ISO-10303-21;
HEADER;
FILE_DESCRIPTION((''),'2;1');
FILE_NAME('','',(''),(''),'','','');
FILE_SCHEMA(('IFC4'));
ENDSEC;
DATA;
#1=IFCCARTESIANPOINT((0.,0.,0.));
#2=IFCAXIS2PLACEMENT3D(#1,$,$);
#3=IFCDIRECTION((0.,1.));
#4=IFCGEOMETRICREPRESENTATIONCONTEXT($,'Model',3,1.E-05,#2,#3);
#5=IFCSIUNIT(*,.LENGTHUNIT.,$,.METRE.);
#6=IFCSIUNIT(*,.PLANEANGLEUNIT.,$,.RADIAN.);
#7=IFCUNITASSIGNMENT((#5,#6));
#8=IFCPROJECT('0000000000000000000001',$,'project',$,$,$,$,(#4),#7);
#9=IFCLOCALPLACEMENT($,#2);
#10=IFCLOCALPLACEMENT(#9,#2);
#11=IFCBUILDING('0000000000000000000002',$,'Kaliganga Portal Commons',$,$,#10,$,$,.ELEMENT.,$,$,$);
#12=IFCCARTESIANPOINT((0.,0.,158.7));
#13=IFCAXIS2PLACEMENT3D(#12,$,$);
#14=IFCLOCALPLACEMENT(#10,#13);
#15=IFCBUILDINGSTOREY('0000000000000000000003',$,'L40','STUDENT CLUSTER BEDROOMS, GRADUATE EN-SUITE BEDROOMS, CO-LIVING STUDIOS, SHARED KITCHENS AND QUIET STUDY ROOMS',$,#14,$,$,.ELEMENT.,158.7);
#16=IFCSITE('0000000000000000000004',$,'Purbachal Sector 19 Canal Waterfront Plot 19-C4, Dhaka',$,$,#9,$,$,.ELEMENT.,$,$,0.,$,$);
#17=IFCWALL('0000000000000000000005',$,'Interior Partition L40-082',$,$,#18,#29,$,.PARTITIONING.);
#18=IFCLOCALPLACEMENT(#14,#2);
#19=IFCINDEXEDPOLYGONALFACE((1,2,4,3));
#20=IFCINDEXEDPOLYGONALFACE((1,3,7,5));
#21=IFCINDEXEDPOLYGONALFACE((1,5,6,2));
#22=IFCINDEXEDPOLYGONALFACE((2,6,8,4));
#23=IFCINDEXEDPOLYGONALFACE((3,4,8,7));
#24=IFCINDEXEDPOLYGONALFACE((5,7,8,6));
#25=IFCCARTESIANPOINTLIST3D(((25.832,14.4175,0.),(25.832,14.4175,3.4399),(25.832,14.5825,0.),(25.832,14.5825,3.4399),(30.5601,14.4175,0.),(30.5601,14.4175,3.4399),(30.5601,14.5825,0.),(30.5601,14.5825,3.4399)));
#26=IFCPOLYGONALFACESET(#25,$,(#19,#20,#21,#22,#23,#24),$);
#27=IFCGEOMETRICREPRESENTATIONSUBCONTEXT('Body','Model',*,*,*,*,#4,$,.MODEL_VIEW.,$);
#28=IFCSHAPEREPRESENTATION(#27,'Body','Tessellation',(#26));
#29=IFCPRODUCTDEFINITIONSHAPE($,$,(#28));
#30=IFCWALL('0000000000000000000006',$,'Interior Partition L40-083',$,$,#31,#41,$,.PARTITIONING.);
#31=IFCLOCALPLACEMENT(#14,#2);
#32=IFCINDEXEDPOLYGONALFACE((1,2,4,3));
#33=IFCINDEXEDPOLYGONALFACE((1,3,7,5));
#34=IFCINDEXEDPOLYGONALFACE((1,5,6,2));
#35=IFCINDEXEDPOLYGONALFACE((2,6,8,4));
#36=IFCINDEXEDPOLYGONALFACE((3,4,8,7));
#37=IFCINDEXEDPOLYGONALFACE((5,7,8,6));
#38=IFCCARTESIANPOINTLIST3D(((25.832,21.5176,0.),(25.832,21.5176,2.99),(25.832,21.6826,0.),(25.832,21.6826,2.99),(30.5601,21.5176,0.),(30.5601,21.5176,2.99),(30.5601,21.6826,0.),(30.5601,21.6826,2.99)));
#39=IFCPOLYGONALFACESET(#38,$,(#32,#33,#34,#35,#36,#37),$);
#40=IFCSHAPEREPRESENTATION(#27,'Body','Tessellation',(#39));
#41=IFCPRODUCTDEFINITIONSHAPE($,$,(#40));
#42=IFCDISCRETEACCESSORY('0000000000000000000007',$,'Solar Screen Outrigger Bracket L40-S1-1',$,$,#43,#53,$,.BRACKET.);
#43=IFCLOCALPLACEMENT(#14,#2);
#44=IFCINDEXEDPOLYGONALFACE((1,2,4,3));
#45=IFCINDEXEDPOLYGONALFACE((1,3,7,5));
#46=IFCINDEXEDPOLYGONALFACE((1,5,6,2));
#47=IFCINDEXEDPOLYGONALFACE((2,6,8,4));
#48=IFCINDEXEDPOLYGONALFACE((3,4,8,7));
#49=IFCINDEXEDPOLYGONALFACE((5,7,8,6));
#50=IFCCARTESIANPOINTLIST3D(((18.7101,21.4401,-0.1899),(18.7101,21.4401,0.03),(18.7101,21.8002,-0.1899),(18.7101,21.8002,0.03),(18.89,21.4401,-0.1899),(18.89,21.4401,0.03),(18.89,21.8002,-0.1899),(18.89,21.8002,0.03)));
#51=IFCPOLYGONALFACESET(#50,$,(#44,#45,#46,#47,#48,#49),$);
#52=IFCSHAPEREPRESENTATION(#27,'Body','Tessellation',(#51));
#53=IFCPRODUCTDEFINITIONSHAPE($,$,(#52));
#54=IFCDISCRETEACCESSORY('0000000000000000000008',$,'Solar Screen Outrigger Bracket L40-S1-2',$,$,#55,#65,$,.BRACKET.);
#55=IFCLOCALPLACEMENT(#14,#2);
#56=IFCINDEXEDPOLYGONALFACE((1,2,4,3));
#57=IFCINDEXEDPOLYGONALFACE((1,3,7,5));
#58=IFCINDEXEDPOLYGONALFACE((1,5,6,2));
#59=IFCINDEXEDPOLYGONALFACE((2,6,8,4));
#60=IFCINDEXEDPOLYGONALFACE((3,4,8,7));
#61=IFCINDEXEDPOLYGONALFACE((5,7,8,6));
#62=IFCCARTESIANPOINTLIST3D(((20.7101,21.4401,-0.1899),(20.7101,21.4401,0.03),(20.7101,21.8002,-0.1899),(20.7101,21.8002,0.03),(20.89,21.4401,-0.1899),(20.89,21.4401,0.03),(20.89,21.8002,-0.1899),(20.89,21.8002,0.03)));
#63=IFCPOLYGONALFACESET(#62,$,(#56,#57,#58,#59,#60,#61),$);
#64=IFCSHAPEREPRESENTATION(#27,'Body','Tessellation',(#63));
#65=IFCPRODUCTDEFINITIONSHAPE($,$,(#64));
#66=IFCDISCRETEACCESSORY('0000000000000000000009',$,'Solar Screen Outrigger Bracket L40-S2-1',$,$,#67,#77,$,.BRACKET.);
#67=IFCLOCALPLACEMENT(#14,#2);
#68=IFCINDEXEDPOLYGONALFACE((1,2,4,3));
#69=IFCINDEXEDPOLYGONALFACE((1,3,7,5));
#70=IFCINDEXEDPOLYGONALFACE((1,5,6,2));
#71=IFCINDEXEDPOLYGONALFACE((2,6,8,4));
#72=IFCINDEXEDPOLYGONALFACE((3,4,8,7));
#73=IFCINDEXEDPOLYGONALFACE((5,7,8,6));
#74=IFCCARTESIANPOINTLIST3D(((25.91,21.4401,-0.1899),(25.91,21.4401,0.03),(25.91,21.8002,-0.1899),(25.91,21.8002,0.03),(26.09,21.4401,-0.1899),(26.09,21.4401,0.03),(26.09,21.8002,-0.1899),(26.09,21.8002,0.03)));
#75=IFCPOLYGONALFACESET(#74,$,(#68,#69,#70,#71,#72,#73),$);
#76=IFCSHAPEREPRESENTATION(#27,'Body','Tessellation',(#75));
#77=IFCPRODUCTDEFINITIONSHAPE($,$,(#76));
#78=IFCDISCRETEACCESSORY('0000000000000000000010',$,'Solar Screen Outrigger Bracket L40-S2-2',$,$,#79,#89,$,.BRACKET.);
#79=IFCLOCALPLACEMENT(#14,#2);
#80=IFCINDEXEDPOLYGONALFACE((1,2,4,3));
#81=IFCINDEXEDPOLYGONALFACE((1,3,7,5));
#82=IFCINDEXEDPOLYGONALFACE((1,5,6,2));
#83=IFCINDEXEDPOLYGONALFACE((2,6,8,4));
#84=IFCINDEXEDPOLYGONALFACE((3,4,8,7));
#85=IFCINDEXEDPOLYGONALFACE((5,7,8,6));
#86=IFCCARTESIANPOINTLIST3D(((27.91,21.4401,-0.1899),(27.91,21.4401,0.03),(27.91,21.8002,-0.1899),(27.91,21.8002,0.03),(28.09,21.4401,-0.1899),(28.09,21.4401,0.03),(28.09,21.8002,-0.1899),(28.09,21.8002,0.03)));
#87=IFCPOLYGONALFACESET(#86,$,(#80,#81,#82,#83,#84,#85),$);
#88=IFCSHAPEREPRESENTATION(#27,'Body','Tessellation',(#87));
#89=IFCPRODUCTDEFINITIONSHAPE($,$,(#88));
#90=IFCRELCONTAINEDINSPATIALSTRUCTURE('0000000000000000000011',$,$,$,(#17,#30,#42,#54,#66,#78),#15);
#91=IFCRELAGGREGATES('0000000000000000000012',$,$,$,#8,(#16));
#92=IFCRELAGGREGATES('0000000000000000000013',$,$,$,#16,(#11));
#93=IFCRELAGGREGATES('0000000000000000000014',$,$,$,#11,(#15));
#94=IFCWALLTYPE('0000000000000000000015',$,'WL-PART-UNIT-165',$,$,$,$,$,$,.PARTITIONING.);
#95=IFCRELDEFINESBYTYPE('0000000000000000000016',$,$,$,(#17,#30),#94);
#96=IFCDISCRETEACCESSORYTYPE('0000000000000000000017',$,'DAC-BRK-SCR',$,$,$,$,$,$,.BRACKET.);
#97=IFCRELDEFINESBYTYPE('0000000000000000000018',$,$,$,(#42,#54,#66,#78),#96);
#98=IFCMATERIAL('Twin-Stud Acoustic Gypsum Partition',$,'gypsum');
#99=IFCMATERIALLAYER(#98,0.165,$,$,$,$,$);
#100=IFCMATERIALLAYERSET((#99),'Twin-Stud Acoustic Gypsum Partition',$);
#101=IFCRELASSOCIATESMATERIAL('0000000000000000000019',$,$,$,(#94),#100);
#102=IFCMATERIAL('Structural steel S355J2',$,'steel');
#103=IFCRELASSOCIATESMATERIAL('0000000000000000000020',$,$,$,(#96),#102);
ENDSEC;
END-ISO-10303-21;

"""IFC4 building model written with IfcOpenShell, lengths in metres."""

from ifc_helpers import new_model, si_unit, direction, frame, frame_2d, origin, origin_2d, place, context, subcontext, project, spatial, rectangle, extrude, source, transform, mapped, material, layer, layer_set, type_object, element, save


model = new_model("IFC4")

# Units and contexts
model_context = context("Model", 3, precision=1e-05, world=origin(), true_north=direction((0.0, 1.0)))
body_context = subcontext(model_context, "Body", "Model", "MODEL_VIEW")
ifc_project = project(units=[si_unit("LENGTHUNIT", "METRE"), si_unit("PLANEANGLEUNIT", "RADIAN")], contexts=[model_context])

# Site, building, storey
site_placement = place(None, origin())
site = spatial("IfcSite", under=ifc_project, at=site_placement, Name="Purbachal Sector 19 Canal Waterfront Plot 19-C4, Dhaka", CompositionType="ELEMENT", RefElevation=0.0)
building_placement = place(site_placement, origin())
building = spatial("IfcBuilding", under=site, at=building_placement, Name="Kaliganga Portal Commons", CompositionType="ELEMENT")
storey_placement = place(building_placement, frame((0.0, 0.0, 158.7)))
storey = spatial("IfcBuildingStorey", under=building, at=storey_placement, Name="L40", Description="STUDENT CLUSTER BEDROOMS, GRADUATE EN-SUITE BEDROOMS, CO-LIVING STUDIOS, SHARED KITCHENS AND QUIET STUDY ROOMS", CompositionType="ELEMENT", Elevation=158.7)

# Shared definitions
ifc_material_1 = material(Name="Structural steel S355J2", Category="steel")

# Walls
ifc_material_2 = material(Name="Twin-Stud Acoustic Gypsum Partition", Category="gypsum")
ifc_layer_1 = layer(ifc_material_2, 0.165)
ifc_layer_set_1 = layer_set([ifc_layer_1], Name="Twin-Stud Acoustic Gypsum Partition")
wall_type_1 = type_object("IfcWallType", Name="WL-PART-UNIT-165", PredefinedType="PARTITIONING", material=ifc_layer_set_1)
wall_1_placement = place(storey_placement, frame((25.832, 14.5, 0.0), z_axis=(0.0, 0.0, 1.0), x_axis=(1.0, 0.0, 0.0)))
element("IfcWall", 1, at=wall_1_placement, inside=storey, type_object=wall_type_1, Name="Interior Partition L40-082", PredefinedType="PARTITIONING", context=body_context, shape_type="SweptSolid", body=[
    extrude(rectangle(XDim=4.728, YDim=0.165, at=frame_2d((2.364, 0.0))), origin(), (0.0, 0.0, 1.0), 3.4399),
])
wall_2_placement = place(storey_placement, frame((25.832, 21.6001, 0.0), z_axis=(0.0, 0.0, 1.0), x_axis=(1.0, 0.0, 0.0)))
element("IfcWall", 2, at=wall_2_placement, inside=storey, type_object=wall_type_1, Name="Interior Partition L40-083", PredefinedType="PARTITIONING", context=body_context, shape_type="SweptSolid", body=[
    extrude(rectangle(XDim=4.728, YDim=0.165, at=frame_2d((2.364, 0.0))), origin(), (0.0, 0.0, 1.0), 2.99),
])

# Discrete accessories
discrete_accessory_type = type_object("IfcDiscreteAccessoryType", Name="DAC-BRK-SCR", PredefinedType="BRACKET", material=ifc_material_1)
shared_shape_1 = source(origin(), body_context, "Body", "SweptSolid", [
    extrude(rectangle(XDim=0.1799, YDim=0.3601, at=origin_2d()), origin(), (0.0, 0.0, 1.0), 0.22),
])
for number, where, z_axis, x_axis, name in (
    (3, (18.8, 21.6201, -0.1899), (0.0, 0.0, 1.0), (1.0, 0.0, 0.0), "Solar Screen Outrigger Bracket L40-S1-1"),
    (4, (20.8, 21.6201, -0.1899), (0.0, 0.0, 1.0), (1.0, 0.0, 0.0), "Solar Screen Outrigger Bracket L40-S1-2"),
    (5, (26.0, 21.6201, -0.1899), (0.0, 0.0, 1.0), (1.0, 0.0, 0.0), "Solar Screen Outrigger Bracket L40-S2-1"),
    (6, (28.0, 21.6201, -0.1899), (0.0, 0.0, 1.0), (1.0, 0.0, 0.0), "Solar Screen Outrigger Bracket L40-S2-2"),
):
    element("IfcDiscreteAccessory", number, at=place(storey_placement, frame(where, z_axis=z_axis, x_axis=x_axis)), inside=storey, type_object=discrete_accessory_type, Name=name, PredefinedType="BRACKET", context=body_context, shape_type="MappedRepresentation", body=[
        mapped(shared_shape_1, transform((0.0, 0.0, 0.0), x_axis=(1.0, 0.0, 0.0), y_axis=(0.0, 1.0, 0.0), z_axis=(0.0, 0.0, 1.0), scale=1.0)),
    ])

save(model, "model.ifc")
